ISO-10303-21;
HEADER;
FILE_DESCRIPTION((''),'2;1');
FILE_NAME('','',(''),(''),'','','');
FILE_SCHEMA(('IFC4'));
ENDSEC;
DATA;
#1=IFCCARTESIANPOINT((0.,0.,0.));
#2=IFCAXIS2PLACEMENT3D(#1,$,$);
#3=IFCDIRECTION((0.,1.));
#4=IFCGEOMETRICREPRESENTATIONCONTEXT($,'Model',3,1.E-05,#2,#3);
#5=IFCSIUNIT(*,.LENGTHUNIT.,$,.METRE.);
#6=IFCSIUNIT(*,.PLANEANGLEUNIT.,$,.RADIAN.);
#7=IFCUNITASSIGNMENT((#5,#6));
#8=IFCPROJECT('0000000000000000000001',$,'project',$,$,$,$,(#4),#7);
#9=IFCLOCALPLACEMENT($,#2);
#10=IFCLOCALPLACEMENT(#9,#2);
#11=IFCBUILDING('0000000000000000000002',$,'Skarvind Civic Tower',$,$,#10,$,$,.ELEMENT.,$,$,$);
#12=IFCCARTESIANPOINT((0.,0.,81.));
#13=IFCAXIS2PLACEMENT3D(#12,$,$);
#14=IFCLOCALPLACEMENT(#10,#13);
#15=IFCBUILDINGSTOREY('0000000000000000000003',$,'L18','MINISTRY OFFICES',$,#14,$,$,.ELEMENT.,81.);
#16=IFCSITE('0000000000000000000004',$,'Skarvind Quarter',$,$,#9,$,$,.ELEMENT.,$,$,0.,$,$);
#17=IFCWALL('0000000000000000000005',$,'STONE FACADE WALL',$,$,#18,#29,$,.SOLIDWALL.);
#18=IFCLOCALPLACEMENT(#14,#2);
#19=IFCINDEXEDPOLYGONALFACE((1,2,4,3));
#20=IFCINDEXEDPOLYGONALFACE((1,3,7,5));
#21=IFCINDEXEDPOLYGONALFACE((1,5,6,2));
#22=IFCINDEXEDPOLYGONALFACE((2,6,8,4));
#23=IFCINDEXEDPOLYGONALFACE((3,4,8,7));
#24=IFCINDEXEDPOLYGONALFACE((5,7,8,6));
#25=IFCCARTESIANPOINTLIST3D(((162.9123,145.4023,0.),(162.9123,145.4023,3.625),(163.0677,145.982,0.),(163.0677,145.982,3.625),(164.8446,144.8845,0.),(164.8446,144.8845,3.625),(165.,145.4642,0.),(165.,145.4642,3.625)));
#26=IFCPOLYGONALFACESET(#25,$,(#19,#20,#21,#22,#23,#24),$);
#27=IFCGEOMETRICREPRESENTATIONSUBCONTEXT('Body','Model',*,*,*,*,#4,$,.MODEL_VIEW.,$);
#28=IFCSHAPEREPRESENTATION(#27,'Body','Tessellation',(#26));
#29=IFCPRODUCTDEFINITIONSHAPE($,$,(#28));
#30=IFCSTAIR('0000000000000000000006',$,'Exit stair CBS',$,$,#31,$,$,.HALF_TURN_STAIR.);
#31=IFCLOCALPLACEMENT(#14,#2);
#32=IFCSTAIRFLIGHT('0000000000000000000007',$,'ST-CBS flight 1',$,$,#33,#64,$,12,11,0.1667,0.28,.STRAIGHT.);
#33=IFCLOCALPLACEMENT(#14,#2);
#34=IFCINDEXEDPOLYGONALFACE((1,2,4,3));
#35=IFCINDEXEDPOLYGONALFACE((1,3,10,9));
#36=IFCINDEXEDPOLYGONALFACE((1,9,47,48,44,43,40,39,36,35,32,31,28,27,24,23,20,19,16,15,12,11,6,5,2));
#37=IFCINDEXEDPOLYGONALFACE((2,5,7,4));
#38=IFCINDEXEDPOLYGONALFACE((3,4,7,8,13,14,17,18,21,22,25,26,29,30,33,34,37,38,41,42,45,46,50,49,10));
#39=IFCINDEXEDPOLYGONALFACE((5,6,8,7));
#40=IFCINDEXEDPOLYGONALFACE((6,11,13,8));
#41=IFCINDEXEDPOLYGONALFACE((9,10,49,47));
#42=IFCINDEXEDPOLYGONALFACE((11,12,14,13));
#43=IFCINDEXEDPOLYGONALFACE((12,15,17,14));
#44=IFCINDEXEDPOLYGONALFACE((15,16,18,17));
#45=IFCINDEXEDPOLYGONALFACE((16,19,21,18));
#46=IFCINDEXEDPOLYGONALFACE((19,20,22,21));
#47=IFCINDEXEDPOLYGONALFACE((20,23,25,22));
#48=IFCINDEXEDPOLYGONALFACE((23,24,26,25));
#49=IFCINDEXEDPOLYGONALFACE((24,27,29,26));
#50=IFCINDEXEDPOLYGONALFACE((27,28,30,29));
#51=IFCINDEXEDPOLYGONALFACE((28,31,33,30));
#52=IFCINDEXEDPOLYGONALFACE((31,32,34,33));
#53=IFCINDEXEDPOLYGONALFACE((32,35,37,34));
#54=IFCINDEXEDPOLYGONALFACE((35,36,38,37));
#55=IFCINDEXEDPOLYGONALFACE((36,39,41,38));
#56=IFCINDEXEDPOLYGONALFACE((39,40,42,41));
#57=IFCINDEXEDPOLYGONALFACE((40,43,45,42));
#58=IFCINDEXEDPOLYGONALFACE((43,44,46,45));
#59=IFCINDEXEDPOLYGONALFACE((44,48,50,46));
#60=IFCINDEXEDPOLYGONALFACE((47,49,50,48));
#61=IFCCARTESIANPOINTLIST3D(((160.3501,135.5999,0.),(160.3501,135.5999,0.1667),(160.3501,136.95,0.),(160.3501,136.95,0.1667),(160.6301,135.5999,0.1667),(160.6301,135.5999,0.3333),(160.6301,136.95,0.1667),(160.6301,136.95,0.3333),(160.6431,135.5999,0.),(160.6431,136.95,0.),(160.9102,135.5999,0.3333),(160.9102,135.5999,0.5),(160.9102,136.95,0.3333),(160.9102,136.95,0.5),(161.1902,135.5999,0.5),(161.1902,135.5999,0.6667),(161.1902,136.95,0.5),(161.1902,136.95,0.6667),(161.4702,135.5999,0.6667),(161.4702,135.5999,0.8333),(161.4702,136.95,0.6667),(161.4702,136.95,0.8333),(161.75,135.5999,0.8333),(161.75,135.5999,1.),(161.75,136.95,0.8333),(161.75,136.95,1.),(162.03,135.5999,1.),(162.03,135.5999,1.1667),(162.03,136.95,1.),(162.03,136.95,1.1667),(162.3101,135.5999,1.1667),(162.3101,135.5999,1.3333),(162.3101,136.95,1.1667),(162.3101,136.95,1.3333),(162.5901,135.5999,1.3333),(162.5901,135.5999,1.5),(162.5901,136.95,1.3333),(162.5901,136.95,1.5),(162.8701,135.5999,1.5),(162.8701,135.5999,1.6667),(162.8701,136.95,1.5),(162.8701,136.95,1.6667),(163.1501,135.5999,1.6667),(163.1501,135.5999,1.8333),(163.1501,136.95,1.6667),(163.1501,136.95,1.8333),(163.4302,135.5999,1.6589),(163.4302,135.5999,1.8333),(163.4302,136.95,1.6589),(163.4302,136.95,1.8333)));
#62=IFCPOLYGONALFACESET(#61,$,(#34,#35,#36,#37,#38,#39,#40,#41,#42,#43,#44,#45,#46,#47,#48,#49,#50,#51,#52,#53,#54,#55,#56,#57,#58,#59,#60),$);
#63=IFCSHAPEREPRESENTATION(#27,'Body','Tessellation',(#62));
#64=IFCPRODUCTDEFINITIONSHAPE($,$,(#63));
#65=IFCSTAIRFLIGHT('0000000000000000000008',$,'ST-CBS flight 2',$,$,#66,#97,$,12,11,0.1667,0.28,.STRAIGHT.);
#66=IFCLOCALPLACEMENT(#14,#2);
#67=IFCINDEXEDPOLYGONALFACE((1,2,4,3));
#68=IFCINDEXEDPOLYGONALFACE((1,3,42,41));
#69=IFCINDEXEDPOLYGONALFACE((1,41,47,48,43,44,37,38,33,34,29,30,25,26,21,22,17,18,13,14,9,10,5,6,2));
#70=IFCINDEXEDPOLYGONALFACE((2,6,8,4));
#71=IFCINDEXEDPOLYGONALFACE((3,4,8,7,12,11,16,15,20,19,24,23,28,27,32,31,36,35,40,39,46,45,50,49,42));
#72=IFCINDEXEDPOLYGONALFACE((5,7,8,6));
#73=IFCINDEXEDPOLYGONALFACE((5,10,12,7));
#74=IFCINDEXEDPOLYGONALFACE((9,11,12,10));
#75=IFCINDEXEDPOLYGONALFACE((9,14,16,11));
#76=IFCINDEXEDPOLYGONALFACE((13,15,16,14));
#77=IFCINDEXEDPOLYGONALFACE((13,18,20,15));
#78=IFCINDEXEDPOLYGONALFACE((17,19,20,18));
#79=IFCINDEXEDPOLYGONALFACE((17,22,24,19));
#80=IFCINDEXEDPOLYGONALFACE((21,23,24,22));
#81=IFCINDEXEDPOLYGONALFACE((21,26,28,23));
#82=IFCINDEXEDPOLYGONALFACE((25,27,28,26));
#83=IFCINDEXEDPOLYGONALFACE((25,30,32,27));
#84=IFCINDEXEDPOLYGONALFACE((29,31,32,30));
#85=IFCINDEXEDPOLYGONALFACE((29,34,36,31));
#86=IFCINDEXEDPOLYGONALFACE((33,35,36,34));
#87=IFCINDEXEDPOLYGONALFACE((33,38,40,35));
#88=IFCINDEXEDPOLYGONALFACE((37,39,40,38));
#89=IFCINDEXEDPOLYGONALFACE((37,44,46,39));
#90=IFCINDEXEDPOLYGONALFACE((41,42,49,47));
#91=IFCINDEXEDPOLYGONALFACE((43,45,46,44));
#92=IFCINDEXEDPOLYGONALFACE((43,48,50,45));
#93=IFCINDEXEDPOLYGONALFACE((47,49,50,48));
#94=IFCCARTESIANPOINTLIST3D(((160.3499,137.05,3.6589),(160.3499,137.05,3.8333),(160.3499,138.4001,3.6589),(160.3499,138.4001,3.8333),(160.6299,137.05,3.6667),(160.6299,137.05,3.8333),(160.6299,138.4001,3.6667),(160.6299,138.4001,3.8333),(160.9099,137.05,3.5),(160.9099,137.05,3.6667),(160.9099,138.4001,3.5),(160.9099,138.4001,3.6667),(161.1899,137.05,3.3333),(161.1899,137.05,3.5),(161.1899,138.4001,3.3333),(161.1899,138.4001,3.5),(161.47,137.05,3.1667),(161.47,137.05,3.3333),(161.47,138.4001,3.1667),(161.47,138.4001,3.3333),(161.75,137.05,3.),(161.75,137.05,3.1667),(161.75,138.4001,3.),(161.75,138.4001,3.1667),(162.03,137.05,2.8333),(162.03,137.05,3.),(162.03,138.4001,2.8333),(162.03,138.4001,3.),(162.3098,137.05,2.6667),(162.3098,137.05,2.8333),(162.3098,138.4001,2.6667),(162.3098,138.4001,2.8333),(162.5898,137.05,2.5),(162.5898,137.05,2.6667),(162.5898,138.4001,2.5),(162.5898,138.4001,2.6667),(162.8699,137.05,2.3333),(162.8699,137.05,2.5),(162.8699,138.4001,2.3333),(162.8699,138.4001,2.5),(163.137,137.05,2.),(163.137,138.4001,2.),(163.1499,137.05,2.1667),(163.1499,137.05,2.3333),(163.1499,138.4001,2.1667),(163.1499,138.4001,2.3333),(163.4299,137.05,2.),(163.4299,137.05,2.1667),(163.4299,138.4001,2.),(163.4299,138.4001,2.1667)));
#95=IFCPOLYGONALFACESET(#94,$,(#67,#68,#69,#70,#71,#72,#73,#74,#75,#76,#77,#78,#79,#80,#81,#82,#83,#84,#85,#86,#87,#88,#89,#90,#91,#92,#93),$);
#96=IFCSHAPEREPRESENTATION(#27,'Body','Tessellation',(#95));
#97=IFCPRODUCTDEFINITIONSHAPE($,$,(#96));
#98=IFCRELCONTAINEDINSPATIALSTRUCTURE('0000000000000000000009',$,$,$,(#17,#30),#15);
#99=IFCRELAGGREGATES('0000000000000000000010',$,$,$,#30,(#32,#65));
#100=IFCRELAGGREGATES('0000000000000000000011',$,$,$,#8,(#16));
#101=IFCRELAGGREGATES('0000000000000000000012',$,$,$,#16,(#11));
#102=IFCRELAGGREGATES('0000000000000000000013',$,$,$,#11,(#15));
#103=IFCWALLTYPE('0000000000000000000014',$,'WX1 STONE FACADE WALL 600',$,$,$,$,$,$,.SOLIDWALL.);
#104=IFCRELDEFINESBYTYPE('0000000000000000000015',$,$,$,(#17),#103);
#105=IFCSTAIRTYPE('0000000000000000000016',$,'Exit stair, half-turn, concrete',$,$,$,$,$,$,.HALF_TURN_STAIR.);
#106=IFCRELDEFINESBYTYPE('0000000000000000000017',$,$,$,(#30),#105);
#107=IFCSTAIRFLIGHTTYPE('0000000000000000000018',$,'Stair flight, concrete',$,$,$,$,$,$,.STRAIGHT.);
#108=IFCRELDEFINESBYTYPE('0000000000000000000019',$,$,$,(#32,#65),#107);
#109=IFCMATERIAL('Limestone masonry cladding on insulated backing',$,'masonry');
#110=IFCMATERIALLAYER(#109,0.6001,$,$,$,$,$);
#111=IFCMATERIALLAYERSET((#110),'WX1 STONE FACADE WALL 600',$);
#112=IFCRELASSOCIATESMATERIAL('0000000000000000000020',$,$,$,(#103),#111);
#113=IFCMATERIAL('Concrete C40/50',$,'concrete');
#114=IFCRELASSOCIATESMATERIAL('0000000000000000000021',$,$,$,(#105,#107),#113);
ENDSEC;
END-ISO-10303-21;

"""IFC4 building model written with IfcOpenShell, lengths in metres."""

from ifc_helpers import new_model, si_unit, direction, frame, frame_2d, origin, place, context, subcontext, project, spatial, polyline, rectangle, outline, extrude, material, layer, layer_set, type_object, element, aggregate, save


model = new_model("IFC4")

# Units and contexts
model_context = context("Model", 3, precision=1e-05, world=origin(), true_north=direction((0.0, 1.0)))
body_context = subcontext(model_context, "Body", "Model", "MODEL_VIEW")
ifc_project = project(units=[si_unit("LENGTHUNIT", "METRE"), si_unit("PLANEANGLEUNIT", "RADIAN")], contexts=[model_context])

# Site, building, storey
site_placement = place(None, origin())
site = spatial("IfcSite", under=ifc_project, at=site_placement, Name="Skarvind Quarter", CompositionType="ELEMENT", RefElevation=0.0)
building_placement = place(site_placement, origin())
building = spatial("IfcBuilding", under=site, at=building_placement, Name="Skarvind Civic Tower", CompositionType="ELEMENT")
storey_placement = place(building_placement, frame((0.0, 0.0, 81.0)))
storey = spatial("IfcBuildingStorey", under=building, at=storey_placement, Name="L18", Description="MINISTRY OFFICES", CompositionType="ELEMENT", Elevation=81.0)

# Wall
ifc_material_1 = material(Name="Limestone masonry cladding on insulated backing", Category="masonry")
ifc_layer_1 = layer(ifc_material_1, 0.6001)
ifc_layer_set_1 = layer_set([ifc_layer_1], Name="WX1 STONE FACADE WALL 600")
wall_type_1 = type_object("IfcWallType", Name="WX1 STONE FACADE WALL 600", PredefinedType="SOLIDWALL", material=ifc_layer_set_1)
wall_1_placement = place(storey_placement, frame((162.99, 145.6921, 0.0), z_axis=(0.0, 0.0, 1.0), x_axis=(0.96592, -0.25884, 0.0)))
element("IfcWall", 1, at=wall_1_placement, inside=storey, type_object=wall_type_1, Name="STONE FACADE WALL", PredefinedType="SOLIDWALL", context=body_context, shape_type="SweptSolid", body=[
    extrude(rectangle(XDim=2.0005, YDim=0.6001, at=frame_2d((1.0002, 0.0))), origin(), (0.0, 0.0, 1.0), 3.625),
])

# Stair, stair flights
ifc_material_2 = material(Name="Concrete C40/50", Category="concrete")
stair_type = type_object("IfcStairType", Name="Exit stair, half-turn, concrete", PredefinedType="HALF_TURN_STAIR", material=ifc_material_2)
stair_placement = place(storey_placement, origin())
stair = element("IfcStair", 2, at=stair_placement, inside=storey, type_object=stair_type, Name="Exit stair CBS", PredefinedType="HALF_TURN_STAIR")
stair_flight_type = type_object("IfcStairFlightType", Name="Stair flight, concrete", PredefinedType="STRAIGHT", material=ifc_material_2)
stair_flight_1_placement = place(storey_placement, frame((160.3501, 136.2749, 0.0), z_axis=(0.0, 0.0, 1.0), x_axis=(1.0, 0.0, 0.0)))
stair_flight_1 = element("IfcStairFlight", 3, at=stair_flight_1_placement, type_object=stair_flight_type, Name="ST-CBS flight 1", NumberOfRisers=12, NumberOfTreads=11, PredefinedType="STRAIGHT", RiserHeight=0.1667, TreadLength=0.28, context=body_context, shape_type="SweptSolid", body=[
    extrude(outline(polyline([(0.0, 0.0), (0.0, 0.1667), (0.28, 0.1667), (0.28, 0.3333), (0.5601, 0.3333), (0.5601, 0.5), (0.8401, 0.5), (0.8401, 0.6667), (1.1201, 0.6667), (1.1201, 0.8333), (1.3999, 0.8333), (1.3999, 1.0), (1.6799, 1.0), (1.6799, 1.1667), (1.96, 1.1667), (1.96, 1.3333), (2.24, 1.3333), (2.24, 1.5), (2.52, 1.5), (2.52, 1.6667), (2.8, 1.6667), (2.8, 1.8333), (3.0801, 1.8333), (3.0801, 2.0), (3.0801, 1.6589), (0.293, 0.0), (0.0, 0.0)])), frame((0.0, 0.675, 0.0), z_axis=(0.0, -1.0, 0.0), x_axis=(1.0, 0.0, 0.0)), (0.0, 0.0, 1.0), 1.3501),
])
stair_flight_2_placement = place(storey_placement, frame((163.4299, 137.7251, 2.0), z_axis=(0.0, 0.0, 1.0), x_axis=(-1.0, 0.0, 0.0)))
stair_flight_2 = element("IfcStairFlight", 4, at=stair_flight_2_placement, type_object=stair_flight_type, Name="ST-CBS flight 2", NumberOfRisers=12, NumberOfTreads=11, PredefinedType="STRAIGHT", RiserHeight=0.1667, TreadLength=0.28, context=body_context, shape_type="SweptSolid", body=[
    extrude(outline(polyline([(0.0, 0.0), (0.0, 0.1667), (0.28, 0.1667), (0.28, 0.3333), (0.5601, 0.3333), (0.5601, 0.5), (0.8401, 0.5), (0.8401, 0.6667), (1.1201, 0.6667), (1.1201, 0.8333), (1.3999, 0.8333), (1.3999, 1.0), (1.6799, 1.0), (1.6799, 1.1667), (1.96, 1.1667), (1.96, 1.3333), (2.24, 1.3333), (2.24, 1.5), (2.52, 1.5), (2.52, 1.6667), (2.8, 1.6667), (2.8, 1.8333), (3.0801, 1.8333), (3.0801, 2.0), (3.0801, 1.6589), (0.293, 0.0), (0.0, 0.0)])), frame((0.0, 0.675, 0.0), z_axis=(0.0, -1.0, 0.0), x_axis=(1.0, 0.0, 0.0)), (0.0, 0.0, 1.0), 1.3501),
])
aggregate(stair, [stair_flight_1, stair_flight_2])

save(model, "model.ifc")
